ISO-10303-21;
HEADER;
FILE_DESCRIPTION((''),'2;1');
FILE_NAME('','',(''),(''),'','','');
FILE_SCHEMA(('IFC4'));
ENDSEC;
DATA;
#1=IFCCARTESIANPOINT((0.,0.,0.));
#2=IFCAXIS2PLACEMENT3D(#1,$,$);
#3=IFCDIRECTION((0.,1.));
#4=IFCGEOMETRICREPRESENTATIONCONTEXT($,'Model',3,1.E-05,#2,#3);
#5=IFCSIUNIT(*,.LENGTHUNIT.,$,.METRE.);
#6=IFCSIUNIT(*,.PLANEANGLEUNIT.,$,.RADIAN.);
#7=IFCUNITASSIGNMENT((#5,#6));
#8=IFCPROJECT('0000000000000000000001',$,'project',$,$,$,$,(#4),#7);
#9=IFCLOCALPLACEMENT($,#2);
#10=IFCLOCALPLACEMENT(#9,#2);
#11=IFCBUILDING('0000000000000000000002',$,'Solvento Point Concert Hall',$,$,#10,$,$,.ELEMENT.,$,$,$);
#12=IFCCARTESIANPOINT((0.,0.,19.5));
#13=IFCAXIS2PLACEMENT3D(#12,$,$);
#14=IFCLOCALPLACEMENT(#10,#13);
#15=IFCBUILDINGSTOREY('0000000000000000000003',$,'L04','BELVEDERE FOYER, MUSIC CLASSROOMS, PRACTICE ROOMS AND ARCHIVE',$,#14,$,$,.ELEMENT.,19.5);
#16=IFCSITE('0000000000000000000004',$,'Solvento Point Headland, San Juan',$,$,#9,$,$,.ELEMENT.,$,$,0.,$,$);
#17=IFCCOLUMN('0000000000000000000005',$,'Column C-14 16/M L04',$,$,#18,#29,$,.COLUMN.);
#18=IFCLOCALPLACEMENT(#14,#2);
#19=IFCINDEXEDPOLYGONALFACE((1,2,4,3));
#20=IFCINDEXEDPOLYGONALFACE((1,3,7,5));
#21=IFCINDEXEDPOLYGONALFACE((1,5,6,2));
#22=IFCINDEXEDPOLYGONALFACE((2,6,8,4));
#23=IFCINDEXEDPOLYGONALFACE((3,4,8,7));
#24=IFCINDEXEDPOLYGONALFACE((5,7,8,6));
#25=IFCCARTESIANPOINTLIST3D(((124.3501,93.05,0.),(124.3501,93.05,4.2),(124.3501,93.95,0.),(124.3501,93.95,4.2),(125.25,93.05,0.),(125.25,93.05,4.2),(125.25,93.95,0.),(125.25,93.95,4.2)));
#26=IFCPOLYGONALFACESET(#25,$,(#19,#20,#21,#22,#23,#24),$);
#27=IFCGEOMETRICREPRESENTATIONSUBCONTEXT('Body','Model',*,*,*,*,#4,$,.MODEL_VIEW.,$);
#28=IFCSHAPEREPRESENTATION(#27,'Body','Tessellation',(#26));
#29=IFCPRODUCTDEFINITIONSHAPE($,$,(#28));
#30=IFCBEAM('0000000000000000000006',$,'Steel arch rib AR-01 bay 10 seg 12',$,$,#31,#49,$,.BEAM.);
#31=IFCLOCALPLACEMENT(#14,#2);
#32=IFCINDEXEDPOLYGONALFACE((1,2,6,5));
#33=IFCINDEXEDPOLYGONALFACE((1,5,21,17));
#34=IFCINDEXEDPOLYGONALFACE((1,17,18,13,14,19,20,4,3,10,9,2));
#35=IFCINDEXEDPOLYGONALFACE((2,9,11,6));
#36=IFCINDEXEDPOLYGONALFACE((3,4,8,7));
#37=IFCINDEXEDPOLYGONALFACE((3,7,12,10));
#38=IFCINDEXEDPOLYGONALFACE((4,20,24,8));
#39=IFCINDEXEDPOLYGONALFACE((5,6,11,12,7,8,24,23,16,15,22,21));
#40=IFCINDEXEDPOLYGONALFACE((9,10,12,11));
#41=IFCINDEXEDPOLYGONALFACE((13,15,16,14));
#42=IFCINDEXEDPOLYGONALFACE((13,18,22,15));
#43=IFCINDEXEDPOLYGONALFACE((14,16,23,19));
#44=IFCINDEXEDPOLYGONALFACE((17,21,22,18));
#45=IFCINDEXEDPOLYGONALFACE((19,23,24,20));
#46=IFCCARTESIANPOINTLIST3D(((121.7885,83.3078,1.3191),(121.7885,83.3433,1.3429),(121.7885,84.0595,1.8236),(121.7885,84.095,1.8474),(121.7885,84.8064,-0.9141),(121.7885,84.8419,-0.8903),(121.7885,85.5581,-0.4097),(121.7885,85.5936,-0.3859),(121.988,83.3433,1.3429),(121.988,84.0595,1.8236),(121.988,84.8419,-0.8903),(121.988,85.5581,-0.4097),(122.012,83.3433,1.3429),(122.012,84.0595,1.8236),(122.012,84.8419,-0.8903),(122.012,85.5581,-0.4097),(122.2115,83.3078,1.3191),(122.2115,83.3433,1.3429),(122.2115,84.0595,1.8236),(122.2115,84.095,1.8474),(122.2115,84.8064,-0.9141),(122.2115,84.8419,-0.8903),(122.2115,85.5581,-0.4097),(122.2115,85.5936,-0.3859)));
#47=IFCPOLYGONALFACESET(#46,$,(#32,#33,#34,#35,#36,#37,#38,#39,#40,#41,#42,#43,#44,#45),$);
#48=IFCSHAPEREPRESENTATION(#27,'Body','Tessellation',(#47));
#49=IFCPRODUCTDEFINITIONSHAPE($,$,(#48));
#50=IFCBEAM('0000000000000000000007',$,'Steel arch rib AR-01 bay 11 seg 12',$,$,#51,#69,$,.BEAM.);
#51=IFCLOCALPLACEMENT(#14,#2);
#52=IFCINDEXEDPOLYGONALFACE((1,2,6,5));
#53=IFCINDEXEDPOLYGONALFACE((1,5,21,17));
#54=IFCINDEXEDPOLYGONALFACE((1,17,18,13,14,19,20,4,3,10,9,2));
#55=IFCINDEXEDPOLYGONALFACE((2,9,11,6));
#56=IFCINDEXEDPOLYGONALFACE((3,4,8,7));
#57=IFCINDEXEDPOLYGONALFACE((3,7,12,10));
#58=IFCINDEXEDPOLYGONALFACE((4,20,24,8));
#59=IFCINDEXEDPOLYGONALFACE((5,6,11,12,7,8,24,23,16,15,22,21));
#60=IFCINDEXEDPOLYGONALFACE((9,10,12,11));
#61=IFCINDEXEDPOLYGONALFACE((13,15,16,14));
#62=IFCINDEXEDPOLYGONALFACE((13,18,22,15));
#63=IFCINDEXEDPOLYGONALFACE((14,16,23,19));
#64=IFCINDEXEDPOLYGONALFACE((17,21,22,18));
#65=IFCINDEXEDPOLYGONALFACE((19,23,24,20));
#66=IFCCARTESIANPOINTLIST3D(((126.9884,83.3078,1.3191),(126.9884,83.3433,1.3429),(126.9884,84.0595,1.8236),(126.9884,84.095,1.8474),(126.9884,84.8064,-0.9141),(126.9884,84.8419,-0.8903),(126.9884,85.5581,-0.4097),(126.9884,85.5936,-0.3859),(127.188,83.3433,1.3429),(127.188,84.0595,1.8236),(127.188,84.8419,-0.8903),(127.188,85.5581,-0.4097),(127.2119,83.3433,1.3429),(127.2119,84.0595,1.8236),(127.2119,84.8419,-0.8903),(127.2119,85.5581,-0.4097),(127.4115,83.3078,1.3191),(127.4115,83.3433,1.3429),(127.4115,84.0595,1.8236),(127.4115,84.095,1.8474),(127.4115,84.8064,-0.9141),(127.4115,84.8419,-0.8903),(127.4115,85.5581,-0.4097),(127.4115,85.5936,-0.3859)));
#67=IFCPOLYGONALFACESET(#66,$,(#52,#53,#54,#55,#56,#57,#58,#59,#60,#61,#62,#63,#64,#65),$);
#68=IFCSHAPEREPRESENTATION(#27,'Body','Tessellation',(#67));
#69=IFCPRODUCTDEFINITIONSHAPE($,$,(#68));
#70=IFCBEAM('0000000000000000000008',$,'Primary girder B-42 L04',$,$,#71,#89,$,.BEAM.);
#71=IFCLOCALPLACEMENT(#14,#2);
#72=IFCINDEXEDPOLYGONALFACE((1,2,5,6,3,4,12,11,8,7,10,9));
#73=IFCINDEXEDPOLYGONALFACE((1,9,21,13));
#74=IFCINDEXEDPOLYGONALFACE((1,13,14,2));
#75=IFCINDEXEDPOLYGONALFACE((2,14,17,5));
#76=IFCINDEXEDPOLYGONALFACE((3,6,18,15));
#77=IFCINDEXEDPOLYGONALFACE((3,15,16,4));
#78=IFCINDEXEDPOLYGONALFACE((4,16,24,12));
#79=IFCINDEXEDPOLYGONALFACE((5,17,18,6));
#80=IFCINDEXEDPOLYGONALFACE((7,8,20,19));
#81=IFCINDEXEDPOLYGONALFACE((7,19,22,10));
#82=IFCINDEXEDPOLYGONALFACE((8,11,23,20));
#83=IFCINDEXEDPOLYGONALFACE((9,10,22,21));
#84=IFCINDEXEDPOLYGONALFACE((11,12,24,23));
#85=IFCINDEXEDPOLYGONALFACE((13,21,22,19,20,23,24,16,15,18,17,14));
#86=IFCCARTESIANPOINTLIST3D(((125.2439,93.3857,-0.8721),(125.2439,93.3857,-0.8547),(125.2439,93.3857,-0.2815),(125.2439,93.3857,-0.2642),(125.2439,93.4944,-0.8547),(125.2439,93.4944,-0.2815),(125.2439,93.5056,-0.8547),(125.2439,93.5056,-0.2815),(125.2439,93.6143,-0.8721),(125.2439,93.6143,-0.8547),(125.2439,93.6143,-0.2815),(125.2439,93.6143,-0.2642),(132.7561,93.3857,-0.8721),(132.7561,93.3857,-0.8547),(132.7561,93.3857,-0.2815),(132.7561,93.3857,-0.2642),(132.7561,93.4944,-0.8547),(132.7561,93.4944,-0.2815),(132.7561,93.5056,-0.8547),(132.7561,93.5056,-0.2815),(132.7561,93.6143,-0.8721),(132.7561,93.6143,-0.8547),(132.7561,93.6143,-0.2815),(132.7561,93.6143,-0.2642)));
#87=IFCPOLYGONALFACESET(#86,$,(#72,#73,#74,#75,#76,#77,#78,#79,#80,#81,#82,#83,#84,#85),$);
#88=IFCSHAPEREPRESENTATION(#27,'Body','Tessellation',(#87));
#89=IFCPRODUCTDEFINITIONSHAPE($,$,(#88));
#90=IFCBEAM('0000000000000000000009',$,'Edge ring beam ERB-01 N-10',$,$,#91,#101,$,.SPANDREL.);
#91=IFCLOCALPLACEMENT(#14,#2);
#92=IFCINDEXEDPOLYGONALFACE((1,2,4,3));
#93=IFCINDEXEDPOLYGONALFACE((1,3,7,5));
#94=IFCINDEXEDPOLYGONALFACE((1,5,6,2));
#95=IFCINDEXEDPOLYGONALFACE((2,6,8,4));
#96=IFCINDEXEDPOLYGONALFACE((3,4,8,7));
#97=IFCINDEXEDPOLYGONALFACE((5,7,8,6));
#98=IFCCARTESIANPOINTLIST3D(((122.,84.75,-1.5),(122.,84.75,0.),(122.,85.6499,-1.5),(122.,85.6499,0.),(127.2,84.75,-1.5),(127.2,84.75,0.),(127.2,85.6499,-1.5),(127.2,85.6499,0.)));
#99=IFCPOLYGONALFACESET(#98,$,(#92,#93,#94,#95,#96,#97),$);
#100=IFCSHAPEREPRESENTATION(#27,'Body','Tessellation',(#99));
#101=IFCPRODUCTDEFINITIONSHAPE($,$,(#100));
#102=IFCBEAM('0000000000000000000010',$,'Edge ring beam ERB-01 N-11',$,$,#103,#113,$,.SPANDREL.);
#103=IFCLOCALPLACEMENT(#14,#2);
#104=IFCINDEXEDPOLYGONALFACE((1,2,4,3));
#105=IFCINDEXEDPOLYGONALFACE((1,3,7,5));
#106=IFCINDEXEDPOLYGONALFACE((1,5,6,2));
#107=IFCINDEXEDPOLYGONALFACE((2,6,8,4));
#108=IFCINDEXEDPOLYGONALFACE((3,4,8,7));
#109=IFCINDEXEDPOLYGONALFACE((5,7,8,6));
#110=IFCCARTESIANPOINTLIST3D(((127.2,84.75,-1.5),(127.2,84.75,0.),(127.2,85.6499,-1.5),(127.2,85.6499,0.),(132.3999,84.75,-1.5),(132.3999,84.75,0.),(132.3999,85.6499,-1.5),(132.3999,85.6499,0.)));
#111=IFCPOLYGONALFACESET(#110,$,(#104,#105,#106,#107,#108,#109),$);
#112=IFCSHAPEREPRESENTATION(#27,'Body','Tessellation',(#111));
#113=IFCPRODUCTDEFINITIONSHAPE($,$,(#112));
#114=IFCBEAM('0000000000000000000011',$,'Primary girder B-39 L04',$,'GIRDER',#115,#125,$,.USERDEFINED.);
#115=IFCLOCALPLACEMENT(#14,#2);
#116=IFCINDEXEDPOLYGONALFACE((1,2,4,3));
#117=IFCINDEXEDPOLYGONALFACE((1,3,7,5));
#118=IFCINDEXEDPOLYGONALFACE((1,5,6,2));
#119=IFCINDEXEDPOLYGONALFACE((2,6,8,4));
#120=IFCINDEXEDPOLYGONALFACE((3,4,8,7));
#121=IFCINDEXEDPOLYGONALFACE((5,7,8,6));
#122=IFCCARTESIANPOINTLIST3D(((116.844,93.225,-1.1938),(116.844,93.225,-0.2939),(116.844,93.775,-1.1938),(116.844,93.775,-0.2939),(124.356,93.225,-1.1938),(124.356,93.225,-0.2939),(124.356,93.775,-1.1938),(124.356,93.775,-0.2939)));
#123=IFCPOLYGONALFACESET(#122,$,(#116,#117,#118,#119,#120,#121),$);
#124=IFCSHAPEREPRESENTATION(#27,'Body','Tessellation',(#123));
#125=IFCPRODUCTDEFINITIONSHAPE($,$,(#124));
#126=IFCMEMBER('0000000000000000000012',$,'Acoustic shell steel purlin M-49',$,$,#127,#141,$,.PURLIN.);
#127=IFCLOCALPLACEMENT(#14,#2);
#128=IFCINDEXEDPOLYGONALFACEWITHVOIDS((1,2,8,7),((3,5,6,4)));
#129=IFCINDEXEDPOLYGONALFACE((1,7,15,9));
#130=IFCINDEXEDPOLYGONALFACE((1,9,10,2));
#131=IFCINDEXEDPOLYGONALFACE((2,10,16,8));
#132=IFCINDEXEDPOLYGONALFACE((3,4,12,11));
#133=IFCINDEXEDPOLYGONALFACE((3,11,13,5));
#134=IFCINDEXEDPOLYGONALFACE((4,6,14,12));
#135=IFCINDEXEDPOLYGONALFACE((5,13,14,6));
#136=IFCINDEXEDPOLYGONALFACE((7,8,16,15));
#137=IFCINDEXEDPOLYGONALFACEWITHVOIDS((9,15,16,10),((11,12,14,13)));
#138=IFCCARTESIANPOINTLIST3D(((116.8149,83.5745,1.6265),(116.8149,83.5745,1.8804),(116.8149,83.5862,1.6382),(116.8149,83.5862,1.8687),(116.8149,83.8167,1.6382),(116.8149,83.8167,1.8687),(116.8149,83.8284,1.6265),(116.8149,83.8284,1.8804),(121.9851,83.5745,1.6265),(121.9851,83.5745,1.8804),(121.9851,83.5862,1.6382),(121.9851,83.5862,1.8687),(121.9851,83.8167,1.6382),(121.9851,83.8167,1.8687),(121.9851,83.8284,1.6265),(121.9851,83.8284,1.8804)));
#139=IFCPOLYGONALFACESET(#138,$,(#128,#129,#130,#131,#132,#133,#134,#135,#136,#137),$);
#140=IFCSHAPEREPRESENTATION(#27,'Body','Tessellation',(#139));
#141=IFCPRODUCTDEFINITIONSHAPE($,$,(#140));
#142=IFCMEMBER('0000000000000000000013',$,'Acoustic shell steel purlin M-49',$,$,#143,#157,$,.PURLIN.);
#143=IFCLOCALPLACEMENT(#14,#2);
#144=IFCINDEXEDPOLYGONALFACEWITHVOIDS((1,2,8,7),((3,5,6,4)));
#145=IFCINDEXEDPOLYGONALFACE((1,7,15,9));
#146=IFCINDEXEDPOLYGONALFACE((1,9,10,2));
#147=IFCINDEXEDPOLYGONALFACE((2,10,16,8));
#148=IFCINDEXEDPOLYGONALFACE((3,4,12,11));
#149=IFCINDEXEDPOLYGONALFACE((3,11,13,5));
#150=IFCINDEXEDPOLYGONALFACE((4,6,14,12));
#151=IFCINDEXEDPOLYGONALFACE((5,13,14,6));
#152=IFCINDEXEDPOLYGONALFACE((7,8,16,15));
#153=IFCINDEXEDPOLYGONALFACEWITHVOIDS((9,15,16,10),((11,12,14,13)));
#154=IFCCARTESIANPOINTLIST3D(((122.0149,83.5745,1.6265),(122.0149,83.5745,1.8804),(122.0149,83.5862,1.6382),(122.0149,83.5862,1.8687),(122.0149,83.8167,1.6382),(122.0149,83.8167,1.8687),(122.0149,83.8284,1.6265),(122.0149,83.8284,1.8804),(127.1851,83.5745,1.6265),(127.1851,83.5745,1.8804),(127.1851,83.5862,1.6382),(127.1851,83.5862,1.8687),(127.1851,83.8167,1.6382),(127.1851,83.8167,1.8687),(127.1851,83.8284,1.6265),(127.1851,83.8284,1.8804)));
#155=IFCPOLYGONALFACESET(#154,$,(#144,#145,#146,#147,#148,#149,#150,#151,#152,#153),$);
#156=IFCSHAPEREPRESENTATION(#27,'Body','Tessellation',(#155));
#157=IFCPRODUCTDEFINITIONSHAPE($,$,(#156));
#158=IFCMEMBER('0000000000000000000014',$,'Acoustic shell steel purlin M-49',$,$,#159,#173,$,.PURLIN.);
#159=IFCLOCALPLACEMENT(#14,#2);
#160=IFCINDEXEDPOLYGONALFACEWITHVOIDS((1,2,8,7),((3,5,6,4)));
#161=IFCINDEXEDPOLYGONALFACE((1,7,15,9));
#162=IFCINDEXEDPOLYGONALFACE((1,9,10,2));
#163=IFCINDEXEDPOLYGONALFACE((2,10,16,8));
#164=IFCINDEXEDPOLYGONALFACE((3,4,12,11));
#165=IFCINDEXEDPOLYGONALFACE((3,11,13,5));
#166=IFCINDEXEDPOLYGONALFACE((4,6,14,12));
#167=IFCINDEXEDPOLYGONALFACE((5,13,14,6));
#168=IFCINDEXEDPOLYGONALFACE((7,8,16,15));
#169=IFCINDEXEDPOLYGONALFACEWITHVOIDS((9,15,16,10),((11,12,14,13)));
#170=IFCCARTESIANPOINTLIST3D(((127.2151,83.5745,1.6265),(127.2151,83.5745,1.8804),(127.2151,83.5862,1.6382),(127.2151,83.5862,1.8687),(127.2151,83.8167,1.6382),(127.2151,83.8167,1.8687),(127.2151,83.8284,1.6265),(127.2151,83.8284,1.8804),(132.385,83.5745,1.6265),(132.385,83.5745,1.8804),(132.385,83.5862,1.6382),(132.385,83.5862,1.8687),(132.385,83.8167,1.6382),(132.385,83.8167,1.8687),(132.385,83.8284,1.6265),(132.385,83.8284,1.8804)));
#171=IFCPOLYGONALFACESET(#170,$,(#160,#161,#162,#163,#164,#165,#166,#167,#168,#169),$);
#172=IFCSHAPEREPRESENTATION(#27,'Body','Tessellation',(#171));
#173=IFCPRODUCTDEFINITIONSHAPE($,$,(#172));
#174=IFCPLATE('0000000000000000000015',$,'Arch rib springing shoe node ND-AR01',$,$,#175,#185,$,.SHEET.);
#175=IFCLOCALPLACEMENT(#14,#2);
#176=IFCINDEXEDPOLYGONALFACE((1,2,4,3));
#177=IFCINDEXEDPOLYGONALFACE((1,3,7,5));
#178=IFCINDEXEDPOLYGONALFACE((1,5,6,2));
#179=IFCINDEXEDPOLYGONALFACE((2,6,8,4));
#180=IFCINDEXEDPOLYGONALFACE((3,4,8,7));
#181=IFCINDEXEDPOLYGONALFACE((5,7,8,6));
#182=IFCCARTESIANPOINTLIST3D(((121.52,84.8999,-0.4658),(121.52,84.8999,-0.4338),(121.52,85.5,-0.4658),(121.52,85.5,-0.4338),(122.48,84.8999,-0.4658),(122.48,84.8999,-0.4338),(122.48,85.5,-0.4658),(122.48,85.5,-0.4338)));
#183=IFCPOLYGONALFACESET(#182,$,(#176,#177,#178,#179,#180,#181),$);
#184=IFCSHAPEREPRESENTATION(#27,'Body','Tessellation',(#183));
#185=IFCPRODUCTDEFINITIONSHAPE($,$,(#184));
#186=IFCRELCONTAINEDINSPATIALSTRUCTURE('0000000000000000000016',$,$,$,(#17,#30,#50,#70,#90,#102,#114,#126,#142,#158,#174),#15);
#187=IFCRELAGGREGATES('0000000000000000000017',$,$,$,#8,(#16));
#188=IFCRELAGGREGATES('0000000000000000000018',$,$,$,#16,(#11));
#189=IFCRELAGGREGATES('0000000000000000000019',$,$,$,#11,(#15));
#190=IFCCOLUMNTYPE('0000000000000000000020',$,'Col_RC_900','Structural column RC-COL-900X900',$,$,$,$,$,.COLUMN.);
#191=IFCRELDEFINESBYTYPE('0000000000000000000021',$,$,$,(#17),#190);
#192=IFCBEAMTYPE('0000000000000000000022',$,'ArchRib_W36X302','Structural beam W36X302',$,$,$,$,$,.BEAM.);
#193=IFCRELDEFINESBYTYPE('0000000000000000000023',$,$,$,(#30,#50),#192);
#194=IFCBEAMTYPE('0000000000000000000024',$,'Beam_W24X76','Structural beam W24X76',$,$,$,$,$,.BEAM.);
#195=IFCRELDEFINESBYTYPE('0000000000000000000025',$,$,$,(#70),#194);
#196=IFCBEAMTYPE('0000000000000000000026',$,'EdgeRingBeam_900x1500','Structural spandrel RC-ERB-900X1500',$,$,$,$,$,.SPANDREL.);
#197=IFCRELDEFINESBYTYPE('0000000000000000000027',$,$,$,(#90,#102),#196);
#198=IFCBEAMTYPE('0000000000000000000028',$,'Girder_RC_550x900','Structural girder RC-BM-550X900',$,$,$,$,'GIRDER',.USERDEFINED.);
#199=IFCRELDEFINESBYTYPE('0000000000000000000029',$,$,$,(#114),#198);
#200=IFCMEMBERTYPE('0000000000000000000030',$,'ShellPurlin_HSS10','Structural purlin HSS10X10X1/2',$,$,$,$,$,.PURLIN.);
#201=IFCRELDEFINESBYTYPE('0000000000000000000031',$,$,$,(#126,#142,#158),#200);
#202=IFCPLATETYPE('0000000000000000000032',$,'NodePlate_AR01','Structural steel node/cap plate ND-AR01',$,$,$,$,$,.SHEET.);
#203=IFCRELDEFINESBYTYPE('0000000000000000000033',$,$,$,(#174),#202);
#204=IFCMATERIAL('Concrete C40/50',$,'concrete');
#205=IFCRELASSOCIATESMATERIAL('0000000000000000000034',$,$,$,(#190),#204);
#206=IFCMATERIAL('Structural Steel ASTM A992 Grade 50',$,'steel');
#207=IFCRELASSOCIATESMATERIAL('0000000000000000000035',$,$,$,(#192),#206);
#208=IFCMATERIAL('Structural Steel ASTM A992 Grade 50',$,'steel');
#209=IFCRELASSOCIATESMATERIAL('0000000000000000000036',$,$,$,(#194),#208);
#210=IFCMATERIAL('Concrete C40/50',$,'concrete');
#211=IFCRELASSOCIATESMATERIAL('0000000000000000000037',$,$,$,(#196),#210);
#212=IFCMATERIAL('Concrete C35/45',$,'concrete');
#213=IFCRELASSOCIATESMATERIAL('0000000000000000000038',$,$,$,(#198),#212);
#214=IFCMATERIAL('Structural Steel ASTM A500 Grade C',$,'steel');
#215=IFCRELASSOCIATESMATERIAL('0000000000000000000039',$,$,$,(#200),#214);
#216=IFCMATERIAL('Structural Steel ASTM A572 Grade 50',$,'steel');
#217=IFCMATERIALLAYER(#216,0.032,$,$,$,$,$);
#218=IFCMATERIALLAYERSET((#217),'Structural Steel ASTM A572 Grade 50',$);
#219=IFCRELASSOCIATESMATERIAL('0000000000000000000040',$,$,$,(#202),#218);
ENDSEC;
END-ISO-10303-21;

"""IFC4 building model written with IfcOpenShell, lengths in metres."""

from ifc_helpers import new_model, si_unit, direction, frame, origin, origin_2d, place, context, subcontext, project, spatial, rectangle, hollow_rectangle, i_section, extrude, material, layer, layer_set, material_profile, profile_set, type_object, element, save


model = new_model("IFC4")

# Units and contexts
model_context = context("Model", 3, precision=1e-05, world=origin(), true_north=direction((0.0, 1.0)))
body_context = subcontext(model_context, "Body", "Model", "MODEL_VIEW")
ifc_project = project(units=[si_unit("LENGTHUNIT", "METRE"), si_unit("PLANEANGLEUNIT", "RADIAN")], contexts=[model_context])

# Site, building, storey
site_placement = place(None, origin())
site = spatial("IfcSite", under=ifc_project, at=site_placement, Name="Solvento Point Headland, San Juan", CompositionType="ELEMENT", RefElevation=0.0)
building_placement = place(site_placement, origin())
building = spatial("IfcBuilding", under=site, at=building_placement, Name="Solvento Point Concert Hall", CompositionType="ELEMENT")
storey_placement = place(building_placement, frame((0.0, 0.0, 19.5)))
storey = spatial("IfcBuildingStorey", under=building, at=storey_placement, Name="L04", Description="BELVEDERE FOYER, MUSIC CLASSROOMS, PRACTICE ROOMS AND ARCHIVE", CompositionType="ELEMENT", Elevation=19.5)

# Column
ifc_material_1 = material(Name="Concrete C40/50", Category="concrete")
ifc_material_profile_1 = material_profile(ifc_material_1, rectangle(XDim=0.8999, YDim=0.8999, at=origin_2d()), Name="RC-COL-900X900")
ifc_profile_set_1 = profile_set([ifc_material_profile_1], Name="Concrete C40/50")
column_type = type_object("IfcColumnType", Name="Col_RC_900", Description="Structural column RC-COL-900X900", PredefinedType="COLUMN", material=ifc_profile_set_1)
column_placement = place(storey_placement, frame((124.8, 93.5, 0.0), z_axis=(0.0, 0.0, 1.0), x_axis=(1.0, 0.0, 0.0)))
element("IfcColumn", 1, at=column_placement, inside=storey, type_object=column_type, Name="Column C-14 16/M L04", PredefinedType="COLUMN", context=body_context, shape_type="SweptSolid", body=[
    extrude(rectangle(XDim=0.8999, YDim=0.8999, at=origin_2d()), origin(), (0.0, 0.0, 1.0), 4.2),
])

# Beams
ifc_material_2 = material(Name="Structural Steel ASTM A992 Grade 50", Category="steel")
ifc_material_profile_2 = material_profile(ifc_material_2, i_section(OverallWidth=0.4231, OverallDepth=0.948, WebThickness=0.0239, FlangeThickness=0.0427, at=origin_2d()), Name="W36X302")
ifc_profile_set_2 = profile_set([ifc_material_profile_2], Name="Structural Steel ASTM A992 Grade 50")
beam_type_1 = type_object("IfcBeamType", Name="ArchRib_W36X302", Description="Structural beam W36X302", PredefinedType="BEAM", material=ifc_profile_set_2)
for number, where, z_axis, x_axis, name in (
    (2, (122.0, 83.7014, 1.5833), (0.0, 0.557212, -0.830371), (-1.0, 0.0, 0.0), "Steel arch rib AR-01 bay 10 seg 12"),
    (3, (127.2, 83.7014, 1.5833), (0.0, 0.557212, -0.830371), (-1.0, 0.0, 0.0), "Steel arch rib AR-01 bay 11 seg 12"),
):
    element("IfcBeam", number, at=place(storey_placement, frame(where, z_axis=z_axis, x_axis=x_axis)), inside=storey, type_object=beam_type_1, Name=name, PredefinedType="BEAM", context=body_context, shape_type="SweptSolid", body=[
        extrude(i_section(OverallWidth=0.4231, OverallDepth=0.948, WebThickness=0.0239, FlangeThickness=0.0427, at=origin_2d()), origin(), (0.0, 0.0, 1.0), 2.6895),
    ])
ifc_material_3 = material(Name="Structural Steel ASTM A992 Grade 50", Category="steel")
ifc_material_profile_3 = material_profile(ifc_material_3, i_section(OverallWidth=0.2285, OverallDepth=0.6079, WebThickness=0.0112, FlangeThickness=0.0173, at=origin_2d()), Name="W24X76")
ifc_profile_set_3 = profile_set([ifc_material_profile_3], Name="Structural Steel ASTM A992 Grade 50")
beam_type_2 = type_object("IfcBeamType", Name="Beam_W24X76", Description="Structural beam W24X76", PredefinedType="BEAM", material=ifc_profile_set_3)
beam_1_placement = place(storey_placement, frame((125.2439, 93.5, -0.5681), z_axis=(1.0, 0.0, 0.0), x_axis=(0.0, 1.0, 0.0)))
element("IfcBeam", 4, at=beam_1_placement, inside=storey, type_object=beam_type_2, Name="Primary girder B-42 L04", PredefinedType="BEAM", context=body_context, shape_type="SweptSolid", body=[
    extrude(i_section(OverallWidth=0.2285, OverallDepth=0.6079, WebThickness=0.0112, FlangeThickness=0.0173, at=origin_2d()), origin(), (0.0, 0.0, 1.0), 7.5122),
])
ifc_material_4 = material(Name="Concrete C40/50", Category="concrete")
ifc_material_profile_4 = material_profile(ifc_material_4, rectangle(XDim=0.8999, YDim=1.5, at=origin_2d()), Name="RC-ERB-900X1500")
ifc_profile_set_4 = profile_set([ifc_material_profile_4], Name="Concrete C40/50")
beam_type_3 = type_object("IfcBeamType", Name="EdgeRingBeam_900x1500", Description="Structural spandrel RC-ERB-900X1500", PredefinedType="SPANDREL", material=ifc_profile_set_4)
for number, where, z_axis, x_axis, name in (
    (5, (122.0, 85.2, -0.75), (1.0, 0.0, 0.0), (0.0, 1.0, 0.0), "Edge ring beam ERB-01 N-10"),
    (6, (127.2, 85.2, -0.75), (1.0, 0.0, 0.0), (0.0, 1.0, 0.0), "Edge ring beam ERB-01 N-11"),
):
    element("IfcBeam", number, at=place(storey_placement, frame(where, z_axis=z_axis, x_axis=x_axis)), inside=storey, type_object=beam_type_3, Name=name, PredefinedType="SPANDREL", context=body_context, shape_type="SweptSolid", body=[
        extrude(rectangle(XDim=0.8999, YDim=1.5, at=origin_2d()), origin(), (0.0, 0.0, 1.0), 5.2),
    ])
ifc_material_5 = material(Name="Concrete C35/45", Category="concrete")
ifc_material_profile_5 = material_profile(ifc_material_5, rectangle(XDim=0.55, YDim=0.8999, at=origin_2d()), Name="RC-BM-550X900")
ifc_profile_set_5 = profile_set([ifc_material_profile_5], Name="Concrete C35/45")
beam_type_4 = type_object("IfcBeamType", Name="Girder_RC_550x900", Description="Structural girder RC-BM-550X900", ElementType="GIRDER", PredefinedType="USERDEFINED", material=ifc_profile_set_5)
beam_2_placement = place(storey_placement, frame((116.844, 93.5, -0.7439), z_axis=(1.0, 0.0, 0.0), x_axis=(0.0, 1.0, 0.0)))
element("IfcBeam", 7, at=beam_2_placement, inside=storey, type_object=beam_type_4, Name="Primary girder B-39 L04", ObjectType="GIRDER", PredefinedType="USERDEFINED", context=body_context, shape_type="SweptSolid", body=[
    extrude(rectangle(XDim=0.55, YDim=0.8999, at=origin_2d()), origin(), (0.0, 0.0, 1.0), 7.512),
])

# Members
ifc_material_6 = material(Name="Structural Steel ASTM A500 Grade C", Category="steel")
ifc_material_profile_6 = material_profile(ifc_material_6, hollow_rectangle(XDim=0.2539, YDim=0.2539, WallThickness=0.0117, at=origin_2d()), Name="HSS10X10X1/2")
ifc_profile_set_6 = profile_set([ifc_material_profile_6], Name="Structural Steel ASTM A500 Grade C")
member_type = type_object("IfcMemberType", Name="ShellPurlin_HSS10", Description="Structural purlin HSS10X10X1/2", PredefinedType="PURLIN", material=ifc_profile_set_6)
for number, where, z_axis, x_axis, name in (
    (8, (116.8149, 83.7014, 1.7534), (1.0, 0.0, 0.0), (0.0, 1.0, 0.0), "Acoustic shell steel purlin M-49"),
    (9, (122.0149, 83.7014, 1.7534), (1.0, 0.0, 0.0), (0.0, 1.0, 0.0), "Acoustic shell steel purlin M-49"),
):
    element("IfcMember", number, at=place(storey_placement, frame(where, z_axis=z_axis, x_axis=x_axis)), inside=storey, type_object=member_type, Name=name, PredefinedType="PURLIN", context=body_context, shape_type="SweptSolid", body=[
        extrude(hollow_rectangle(XDim=0.2539, YDim=0.2539, WallThickness=0.0117, at=origin_2d()), origin(), (0.0, 0.0, 1.0), 5.1702),
    ])
member_placement = place(storey_placement, frame((127.2151, 83.7014, 1.7534), z_axis=(1.0, 0.0, 0.0), x_axis=(0.0, 1.0, 0.0)))
element("IfcMember", 10, at=member_placement, inside=storey, type_object=member_type, Name="Acoustic shell steel purlin M-49", PredefinedType="PURLIN", context=body_context, shape_type="SweptSolid", body=[
    extrude(hollow_rectangle(XDim=0.2539, YDim=0.2539, WallThickness=0.0117, at=origin_2d()), origin(), (0.0, 0.0, 1.0), 5.1699),
])

# Plate
ifc_material_7 = material(Name="Structural Steel ASTM A572 Grade 50", Category="steel")
ifc_layer_1 = layer(ifc_material_7, 0.032)
ifc_layer_set_1 = layer_set([ifc_layer_1], Name="Structural Steel ASTM A572 Grade 50")
plate_type = type_object("IfcPlateType", Name="NodePlate_AR01", Description="Structural steel node/cap plate ND-AR01", PredefinedType="SHEET", material=ifc_layer_set_1)
for number, where, z_axis, x_axis, name in (
    (11, (122.0, 85.2, -0.4658), (0.0, 0.0, 1.0), (1.0, 0.0, 0.0), "Arch rib springing shoe node ND-AR01"),
):
    element("IfcPlate", number, at=place(storey_placement, frame(where, z_axis=z_axis, x_axis=x_axis)), inside=storey, type_object=plate_type, Name=name, PredefinedType="SHEET", context=body_context, shape_type="SweptSolid", body=[
        extrude(rectangle(XDim=0.96, YDim=0.6001, at=origin_2d()), origin(), (0.0, 0.0, 1.0), 0.032),
    ])

save(model, "model.ifc")
